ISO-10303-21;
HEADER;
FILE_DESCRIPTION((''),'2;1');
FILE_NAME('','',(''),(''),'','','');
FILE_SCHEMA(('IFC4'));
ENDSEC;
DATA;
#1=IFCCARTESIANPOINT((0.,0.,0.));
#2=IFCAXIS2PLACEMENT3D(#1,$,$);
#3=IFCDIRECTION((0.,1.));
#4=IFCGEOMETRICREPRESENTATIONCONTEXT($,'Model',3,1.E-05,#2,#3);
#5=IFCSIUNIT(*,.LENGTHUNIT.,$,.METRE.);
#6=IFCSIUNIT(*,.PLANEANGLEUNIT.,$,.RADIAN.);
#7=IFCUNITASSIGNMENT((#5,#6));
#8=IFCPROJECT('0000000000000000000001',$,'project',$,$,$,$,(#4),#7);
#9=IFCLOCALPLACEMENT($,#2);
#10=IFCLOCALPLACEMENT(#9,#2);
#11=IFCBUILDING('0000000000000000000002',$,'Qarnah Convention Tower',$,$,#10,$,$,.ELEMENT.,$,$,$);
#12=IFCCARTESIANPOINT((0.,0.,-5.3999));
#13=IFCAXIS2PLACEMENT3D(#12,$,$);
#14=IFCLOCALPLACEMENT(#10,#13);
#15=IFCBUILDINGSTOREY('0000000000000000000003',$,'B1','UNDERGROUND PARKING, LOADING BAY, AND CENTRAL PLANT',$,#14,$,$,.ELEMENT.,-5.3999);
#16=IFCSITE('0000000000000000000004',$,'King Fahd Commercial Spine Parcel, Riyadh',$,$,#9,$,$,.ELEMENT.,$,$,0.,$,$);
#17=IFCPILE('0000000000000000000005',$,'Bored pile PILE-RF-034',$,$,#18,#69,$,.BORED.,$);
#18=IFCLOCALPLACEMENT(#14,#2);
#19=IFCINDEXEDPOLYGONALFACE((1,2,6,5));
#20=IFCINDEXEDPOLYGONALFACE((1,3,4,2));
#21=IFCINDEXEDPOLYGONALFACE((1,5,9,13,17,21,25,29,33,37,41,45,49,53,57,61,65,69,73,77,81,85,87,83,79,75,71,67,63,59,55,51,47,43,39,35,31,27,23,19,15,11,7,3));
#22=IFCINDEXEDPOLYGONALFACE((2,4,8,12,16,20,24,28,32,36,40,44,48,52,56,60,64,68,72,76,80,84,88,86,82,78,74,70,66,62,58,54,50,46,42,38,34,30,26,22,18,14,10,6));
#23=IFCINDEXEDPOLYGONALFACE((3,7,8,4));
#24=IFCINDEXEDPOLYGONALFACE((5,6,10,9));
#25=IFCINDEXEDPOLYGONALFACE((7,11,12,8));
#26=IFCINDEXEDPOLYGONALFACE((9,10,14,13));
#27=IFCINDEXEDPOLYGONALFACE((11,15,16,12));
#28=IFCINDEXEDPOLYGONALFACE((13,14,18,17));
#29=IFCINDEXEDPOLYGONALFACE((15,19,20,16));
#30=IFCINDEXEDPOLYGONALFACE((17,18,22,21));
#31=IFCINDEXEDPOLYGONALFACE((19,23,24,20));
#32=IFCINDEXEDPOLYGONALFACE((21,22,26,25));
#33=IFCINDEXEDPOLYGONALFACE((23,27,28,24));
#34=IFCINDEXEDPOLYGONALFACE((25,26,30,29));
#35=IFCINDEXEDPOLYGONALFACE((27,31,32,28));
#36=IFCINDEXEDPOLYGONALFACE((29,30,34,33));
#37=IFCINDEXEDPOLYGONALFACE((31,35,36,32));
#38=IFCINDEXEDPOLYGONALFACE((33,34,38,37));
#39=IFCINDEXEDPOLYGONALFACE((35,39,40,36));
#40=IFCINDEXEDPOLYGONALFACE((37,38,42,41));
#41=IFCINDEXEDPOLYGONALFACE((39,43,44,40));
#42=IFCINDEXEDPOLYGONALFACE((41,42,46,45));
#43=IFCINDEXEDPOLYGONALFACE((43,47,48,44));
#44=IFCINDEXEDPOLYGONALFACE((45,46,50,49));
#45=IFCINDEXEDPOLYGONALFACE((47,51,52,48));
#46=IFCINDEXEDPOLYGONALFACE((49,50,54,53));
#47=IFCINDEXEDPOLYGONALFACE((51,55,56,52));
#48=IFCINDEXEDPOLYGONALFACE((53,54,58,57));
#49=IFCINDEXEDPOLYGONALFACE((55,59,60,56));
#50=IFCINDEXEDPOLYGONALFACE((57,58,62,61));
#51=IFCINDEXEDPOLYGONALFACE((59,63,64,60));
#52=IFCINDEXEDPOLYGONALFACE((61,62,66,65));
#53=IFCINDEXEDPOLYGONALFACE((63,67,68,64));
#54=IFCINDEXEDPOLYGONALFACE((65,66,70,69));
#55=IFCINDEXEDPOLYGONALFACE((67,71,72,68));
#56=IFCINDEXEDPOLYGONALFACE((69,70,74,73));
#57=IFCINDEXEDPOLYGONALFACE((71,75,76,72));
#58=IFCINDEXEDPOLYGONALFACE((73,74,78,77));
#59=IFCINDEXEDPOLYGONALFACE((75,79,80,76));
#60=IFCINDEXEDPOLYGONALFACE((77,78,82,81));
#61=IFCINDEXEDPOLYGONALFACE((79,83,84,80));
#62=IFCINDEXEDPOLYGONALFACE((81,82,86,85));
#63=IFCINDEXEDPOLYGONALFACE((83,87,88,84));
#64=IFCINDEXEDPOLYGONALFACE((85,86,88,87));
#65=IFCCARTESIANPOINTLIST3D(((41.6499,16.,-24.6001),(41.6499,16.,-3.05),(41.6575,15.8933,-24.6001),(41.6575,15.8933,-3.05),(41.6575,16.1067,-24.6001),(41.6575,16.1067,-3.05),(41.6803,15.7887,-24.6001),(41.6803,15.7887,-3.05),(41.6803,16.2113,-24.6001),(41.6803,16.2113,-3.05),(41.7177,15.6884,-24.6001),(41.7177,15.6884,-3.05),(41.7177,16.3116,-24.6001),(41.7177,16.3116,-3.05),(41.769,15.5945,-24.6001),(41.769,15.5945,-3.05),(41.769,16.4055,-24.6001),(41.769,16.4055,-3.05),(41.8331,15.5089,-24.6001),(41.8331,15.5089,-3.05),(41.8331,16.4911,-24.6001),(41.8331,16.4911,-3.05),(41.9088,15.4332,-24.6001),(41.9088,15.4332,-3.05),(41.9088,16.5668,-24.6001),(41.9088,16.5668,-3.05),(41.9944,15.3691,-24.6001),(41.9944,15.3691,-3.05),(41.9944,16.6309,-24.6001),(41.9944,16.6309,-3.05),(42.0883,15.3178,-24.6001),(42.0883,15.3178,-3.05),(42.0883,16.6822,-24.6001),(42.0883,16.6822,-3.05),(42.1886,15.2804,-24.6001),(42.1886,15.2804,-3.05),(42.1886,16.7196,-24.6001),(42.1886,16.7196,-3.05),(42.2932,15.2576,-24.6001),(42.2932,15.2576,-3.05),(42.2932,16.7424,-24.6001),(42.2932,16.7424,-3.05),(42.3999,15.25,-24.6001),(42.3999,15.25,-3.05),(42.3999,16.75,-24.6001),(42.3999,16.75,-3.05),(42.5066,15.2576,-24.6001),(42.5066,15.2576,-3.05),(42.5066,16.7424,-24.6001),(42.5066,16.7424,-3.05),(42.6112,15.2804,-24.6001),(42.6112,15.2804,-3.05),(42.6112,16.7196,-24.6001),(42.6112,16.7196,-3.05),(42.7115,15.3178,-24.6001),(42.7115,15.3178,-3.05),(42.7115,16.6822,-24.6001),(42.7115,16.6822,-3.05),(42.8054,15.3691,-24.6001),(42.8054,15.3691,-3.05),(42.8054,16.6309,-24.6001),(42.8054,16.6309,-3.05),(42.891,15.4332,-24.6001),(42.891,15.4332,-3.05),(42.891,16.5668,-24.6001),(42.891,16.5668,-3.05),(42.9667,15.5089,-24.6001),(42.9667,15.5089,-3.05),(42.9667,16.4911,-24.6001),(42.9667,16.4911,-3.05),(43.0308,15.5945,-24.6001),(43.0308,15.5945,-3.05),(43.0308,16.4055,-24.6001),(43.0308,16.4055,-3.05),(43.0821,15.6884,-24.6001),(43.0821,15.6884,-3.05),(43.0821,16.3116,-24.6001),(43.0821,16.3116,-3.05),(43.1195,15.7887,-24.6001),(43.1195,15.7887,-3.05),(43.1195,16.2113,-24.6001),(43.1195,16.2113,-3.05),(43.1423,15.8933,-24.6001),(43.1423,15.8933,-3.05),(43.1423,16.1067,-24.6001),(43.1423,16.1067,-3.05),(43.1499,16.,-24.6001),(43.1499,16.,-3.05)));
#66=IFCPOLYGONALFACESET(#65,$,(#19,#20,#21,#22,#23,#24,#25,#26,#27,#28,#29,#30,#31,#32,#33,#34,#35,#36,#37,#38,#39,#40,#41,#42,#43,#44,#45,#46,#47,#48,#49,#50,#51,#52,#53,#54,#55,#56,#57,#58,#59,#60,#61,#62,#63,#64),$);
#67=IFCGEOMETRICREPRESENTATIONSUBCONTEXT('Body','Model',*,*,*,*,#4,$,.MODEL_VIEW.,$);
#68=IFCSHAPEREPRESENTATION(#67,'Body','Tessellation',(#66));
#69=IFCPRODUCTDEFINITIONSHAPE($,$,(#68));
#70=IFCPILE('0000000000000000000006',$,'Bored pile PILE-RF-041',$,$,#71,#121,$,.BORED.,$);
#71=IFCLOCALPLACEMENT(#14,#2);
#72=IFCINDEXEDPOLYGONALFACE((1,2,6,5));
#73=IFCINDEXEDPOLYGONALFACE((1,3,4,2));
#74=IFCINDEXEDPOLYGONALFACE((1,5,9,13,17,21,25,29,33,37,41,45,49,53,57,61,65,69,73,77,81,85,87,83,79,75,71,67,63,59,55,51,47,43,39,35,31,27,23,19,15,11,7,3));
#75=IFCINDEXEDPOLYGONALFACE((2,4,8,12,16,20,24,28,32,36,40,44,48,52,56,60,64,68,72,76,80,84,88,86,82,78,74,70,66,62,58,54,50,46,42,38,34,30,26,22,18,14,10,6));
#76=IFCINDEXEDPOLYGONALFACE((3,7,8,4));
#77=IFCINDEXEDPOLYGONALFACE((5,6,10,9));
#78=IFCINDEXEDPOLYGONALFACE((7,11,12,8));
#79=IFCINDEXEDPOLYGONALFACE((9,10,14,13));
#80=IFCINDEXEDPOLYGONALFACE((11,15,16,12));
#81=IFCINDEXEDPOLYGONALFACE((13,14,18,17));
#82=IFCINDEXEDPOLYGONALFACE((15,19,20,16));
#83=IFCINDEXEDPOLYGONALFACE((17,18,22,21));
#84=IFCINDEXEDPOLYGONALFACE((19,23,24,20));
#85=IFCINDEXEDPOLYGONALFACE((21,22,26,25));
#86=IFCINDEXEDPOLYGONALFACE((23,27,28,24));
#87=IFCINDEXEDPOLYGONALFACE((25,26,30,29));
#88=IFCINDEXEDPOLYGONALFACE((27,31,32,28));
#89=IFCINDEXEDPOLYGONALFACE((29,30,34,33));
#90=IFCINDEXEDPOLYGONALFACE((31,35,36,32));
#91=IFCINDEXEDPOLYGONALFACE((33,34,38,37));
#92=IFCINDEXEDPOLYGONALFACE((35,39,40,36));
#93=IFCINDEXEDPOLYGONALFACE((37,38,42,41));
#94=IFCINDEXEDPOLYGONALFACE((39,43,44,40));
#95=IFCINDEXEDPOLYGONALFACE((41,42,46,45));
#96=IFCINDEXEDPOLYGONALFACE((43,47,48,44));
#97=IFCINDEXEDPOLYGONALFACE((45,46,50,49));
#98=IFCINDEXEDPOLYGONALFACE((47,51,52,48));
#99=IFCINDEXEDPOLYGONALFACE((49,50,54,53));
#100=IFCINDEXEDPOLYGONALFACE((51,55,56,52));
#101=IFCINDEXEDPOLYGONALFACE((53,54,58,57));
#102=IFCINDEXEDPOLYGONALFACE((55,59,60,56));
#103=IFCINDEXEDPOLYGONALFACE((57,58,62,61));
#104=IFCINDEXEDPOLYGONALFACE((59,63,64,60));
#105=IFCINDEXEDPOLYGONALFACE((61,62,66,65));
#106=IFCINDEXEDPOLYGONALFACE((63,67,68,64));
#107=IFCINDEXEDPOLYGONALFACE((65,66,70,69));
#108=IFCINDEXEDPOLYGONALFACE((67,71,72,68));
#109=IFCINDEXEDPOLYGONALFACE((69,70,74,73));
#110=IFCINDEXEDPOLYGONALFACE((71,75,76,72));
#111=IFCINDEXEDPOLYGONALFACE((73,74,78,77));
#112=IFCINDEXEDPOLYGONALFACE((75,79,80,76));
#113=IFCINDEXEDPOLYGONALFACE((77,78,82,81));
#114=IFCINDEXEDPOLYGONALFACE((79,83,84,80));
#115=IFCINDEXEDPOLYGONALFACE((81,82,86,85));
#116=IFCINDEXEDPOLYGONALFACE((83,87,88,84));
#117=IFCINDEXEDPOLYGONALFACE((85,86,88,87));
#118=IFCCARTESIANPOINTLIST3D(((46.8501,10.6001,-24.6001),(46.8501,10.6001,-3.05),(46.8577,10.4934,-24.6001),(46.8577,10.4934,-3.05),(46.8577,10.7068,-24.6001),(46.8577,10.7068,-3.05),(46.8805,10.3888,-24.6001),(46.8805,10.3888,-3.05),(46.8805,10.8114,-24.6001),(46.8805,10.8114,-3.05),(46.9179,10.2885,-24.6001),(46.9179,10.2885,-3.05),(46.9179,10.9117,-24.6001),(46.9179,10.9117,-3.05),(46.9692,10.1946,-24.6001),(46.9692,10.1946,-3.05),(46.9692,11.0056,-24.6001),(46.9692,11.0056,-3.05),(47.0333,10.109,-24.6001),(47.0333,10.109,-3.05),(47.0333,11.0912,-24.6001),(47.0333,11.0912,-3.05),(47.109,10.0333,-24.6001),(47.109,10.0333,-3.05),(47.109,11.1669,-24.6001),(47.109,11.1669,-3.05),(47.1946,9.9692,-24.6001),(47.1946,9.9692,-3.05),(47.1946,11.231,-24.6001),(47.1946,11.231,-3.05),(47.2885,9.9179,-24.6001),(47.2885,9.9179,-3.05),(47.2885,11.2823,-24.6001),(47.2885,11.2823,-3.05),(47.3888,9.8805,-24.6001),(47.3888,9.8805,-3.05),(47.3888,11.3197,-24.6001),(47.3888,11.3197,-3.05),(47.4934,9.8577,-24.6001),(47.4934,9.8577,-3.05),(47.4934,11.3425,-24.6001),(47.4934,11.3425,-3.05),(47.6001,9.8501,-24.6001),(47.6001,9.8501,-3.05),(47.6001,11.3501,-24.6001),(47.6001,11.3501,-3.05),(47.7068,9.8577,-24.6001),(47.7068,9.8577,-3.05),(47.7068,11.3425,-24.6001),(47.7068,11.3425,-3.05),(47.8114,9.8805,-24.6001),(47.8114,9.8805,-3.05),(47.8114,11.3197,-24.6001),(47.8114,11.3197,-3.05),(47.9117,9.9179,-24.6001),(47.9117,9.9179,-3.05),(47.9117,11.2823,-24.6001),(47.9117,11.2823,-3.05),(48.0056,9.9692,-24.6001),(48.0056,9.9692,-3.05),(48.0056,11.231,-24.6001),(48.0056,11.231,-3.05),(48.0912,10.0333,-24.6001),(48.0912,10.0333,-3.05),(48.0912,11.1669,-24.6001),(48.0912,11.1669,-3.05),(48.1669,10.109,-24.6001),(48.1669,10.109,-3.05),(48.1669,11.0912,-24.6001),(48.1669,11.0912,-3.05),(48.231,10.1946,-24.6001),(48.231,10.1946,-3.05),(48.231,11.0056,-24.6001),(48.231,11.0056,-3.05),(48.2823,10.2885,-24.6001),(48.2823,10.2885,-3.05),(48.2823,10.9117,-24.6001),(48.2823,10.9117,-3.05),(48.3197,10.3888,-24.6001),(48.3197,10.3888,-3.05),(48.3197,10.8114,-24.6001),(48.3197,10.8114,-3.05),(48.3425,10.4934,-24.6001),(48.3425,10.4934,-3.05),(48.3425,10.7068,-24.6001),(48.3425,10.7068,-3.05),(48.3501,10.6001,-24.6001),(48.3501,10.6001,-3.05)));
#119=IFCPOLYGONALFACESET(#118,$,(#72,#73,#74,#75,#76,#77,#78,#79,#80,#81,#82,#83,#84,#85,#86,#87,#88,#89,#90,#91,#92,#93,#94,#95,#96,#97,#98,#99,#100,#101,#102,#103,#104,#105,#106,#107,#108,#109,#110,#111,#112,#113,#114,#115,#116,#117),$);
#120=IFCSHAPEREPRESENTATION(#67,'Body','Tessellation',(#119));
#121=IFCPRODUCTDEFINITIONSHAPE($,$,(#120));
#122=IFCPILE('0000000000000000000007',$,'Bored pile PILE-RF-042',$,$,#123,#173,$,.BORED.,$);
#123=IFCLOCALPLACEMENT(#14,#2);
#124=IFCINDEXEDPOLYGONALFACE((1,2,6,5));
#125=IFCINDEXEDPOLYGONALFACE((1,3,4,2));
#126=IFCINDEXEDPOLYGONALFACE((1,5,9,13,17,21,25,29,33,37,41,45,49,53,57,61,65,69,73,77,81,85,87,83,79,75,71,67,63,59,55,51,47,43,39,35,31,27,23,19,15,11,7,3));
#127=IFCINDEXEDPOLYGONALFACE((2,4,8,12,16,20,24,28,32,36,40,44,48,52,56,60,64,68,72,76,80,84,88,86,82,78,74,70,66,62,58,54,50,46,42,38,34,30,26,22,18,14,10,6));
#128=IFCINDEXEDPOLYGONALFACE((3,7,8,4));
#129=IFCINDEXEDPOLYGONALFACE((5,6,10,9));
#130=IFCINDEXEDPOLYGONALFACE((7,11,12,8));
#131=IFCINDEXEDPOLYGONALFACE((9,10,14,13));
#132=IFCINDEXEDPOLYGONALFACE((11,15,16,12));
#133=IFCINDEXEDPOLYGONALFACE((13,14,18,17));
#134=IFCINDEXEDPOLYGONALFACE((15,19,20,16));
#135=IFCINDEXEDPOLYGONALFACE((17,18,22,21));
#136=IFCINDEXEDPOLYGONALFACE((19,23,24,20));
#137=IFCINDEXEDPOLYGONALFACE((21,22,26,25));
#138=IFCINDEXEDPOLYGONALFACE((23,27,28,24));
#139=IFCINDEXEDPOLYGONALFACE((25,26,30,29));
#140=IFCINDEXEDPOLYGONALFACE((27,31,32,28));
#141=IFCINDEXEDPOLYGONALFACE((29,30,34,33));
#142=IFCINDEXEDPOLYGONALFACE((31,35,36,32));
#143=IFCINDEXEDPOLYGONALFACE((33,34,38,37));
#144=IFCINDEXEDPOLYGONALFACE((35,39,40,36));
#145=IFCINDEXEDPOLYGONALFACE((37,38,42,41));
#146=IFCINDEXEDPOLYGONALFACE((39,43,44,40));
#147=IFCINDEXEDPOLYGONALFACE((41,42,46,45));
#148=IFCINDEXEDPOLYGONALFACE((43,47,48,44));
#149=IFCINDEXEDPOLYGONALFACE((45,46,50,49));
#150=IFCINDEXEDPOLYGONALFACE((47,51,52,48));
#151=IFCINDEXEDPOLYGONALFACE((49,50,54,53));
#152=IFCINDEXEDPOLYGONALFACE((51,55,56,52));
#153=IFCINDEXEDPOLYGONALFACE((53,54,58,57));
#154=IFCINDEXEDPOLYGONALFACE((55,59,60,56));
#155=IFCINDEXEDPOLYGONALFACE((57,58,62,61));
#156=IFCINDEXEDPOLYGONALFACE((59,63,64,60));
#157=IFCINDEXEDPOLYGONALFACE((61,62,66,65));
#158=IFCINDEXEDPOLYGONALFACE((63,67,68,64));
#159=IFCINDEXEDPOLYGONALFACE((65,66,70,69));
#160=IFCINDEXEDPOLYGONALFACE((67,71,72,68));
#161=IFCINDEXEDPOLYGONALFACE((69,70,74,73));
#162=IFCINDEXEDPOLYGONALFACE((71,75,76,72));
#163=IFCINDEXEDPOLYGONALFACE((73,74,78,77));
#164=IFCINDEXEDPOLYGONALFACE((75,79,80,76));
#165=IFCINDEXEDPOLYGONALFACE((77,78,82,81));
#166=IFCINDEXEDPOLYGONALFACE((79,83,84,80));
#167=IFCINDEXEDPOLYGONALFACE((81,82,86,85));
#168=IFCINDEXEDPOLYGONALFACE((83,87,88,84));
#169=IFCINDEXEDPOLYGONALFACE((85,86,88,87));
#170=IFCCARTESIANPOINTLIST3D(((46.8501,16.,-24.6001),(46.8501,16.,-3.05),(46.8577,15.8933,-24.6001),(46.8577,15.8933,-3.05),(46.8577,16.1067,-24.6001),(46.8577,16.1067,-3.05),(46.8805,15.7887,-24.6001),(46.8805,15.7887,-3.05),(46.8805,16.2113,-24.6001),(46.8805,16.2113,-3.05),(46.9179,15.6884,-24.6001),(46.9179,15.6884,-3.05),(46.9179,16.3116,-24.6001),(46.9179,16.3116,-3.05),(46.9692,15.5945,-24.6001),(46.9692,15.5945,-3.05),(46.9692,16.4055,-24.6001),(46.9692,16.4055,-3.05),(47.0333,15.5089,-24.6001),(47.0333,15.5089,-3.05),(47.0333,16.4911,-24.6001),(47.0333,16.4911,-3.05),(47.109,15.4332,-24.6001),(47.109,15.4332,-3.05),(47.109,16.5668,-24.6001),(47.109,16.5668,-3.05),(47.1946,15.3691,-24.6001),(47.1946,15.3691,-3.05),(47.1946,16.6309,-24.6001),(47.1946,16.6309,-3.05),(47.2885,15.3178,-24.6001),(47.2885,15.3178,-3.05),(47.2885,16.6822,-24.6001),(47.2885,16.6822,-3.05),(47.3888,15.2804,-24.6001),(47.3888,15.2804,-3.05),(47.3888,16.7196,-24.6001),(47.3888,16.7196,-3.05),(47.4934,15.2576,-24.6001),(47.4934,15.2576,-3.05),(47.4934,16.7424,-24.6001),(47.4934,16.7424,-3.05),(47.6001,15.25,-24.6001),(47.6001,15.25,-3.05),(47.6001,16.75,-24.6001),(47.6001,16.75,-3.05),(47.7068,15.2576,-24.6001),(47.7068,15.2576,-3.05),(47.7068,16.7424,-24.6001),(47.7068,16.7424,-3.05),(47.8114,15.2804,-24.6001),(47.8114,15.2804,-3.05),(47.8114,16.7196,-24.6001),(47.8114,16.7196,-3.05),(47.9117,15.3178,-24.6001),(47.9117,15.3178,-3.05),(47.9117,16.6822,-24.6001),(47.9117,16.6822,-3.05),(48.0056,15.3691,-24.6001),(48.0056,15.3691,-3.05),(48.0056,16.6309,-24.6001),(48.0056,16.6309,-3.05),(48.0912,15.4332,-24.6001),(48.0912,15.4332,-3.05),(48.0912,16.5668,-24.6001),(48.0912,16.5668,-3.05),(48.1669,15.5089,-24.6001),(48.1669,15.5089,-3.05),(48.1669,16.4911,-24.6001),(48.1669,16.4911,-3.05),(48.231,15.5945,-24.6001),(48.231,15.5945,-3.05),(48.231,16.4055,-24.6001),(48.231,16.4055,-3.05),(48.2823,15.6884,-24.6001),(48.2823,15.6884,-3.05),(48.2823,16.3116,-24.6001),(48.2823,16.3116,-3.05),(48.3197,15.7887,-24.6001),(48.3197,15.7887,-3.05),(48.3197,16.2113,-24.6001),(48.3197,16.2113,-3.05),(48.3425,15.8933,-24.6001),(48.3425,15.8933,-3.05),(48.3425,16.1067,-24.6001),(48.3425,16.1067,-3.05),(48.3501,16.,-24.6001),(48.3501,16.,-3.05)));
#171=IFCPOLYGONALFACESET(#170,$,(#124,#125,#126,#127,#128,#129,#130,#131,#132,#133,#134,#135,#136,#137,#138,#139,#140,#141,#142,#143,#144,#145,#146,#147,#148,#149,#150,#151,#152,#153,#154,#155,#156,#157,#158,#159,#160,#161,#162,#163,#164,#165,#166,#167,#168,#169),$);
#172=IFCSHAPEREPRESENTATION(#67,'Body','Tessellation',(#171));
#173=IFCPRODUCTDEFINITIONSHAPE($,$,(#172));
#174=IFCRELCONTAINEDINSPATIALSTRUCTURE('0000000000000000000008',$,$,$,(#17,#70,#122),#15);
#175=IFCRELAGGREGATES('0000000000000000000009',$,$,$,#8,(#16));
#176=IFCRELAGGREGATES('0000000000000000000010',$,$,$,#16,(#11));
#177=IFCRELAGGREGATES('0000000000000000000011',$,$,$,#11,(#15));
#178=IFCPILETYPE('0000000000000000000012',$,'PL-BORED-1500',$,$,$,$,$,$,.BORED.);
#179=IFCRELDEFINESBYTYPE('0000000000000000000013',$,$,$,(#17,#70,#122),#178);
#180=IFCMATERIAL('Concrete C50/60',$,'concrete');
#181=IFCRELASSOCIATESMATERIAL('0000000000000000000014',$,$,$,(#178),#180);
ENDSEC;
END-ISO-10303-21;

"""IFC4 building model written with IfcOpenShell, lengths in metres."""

from ifc_helpers import new_model, si_unit, direction, frame, origin, origin_2d, place, context, subcontext, project, spatial, circle, extrude, material, material_profile, profile_set, type_object, element, save


model = new_model("IFC4")

# Units and contexts
model_context = context("Model", 3, precision=1e-05, world=origin(), true_north=direction((0.0, 1.0)))
body_context = subcontext(model_context, "Body", "Model", "MODEL_VIEW")
ifc_project = project(units=[si_unit("LENGTHUNIT", "METRE"), si_unit("PLANEANGLEUNIT", "RADIAN")], contexts=[model_context])

# Site, building, storey
site_placement = place(None, origin())
site = spatial("IfcSite", under=ifc_project, at=site_placement, Name="King Fahd Commercial Spine Parcel, Riyadh", CompositionType="ELEMENT", RefElevation=0.0)
building_placement = place(site_placement, origin())
building = spatial("IfcBuilding", under=site, at=building_placement, Name="Qarnah Convention Tower", CompositionType="ELEMENT")
storey_placement = place(building_placement, frame((0.0, 0.0, -5.3999)))
storey = spatial("IfcBuildingStorey", under=building, at=storey_placement, Name="B1", Description="UNDERGROUND PARKING, LOADING BAY, AND CENTRAL PLANT", CompositionType="ELEMENT", Elevation=-5.3999)

# Shared definitions
ifc_material_1 = material(Name="Concrete C50/60", Category="concrete")

# Piles
ifc_material_profile_1 = material_profile(ifc_material_1, circle(Radius=0.75, at=origin_2d()), Name="PILE-D1500")
ifc_profile_set_1 = profile_set([ifc_material_profile_1], Name="Concrete C50/60")
pile_type_1 = type_object("IfcPileType", Name="PL-BORED-1500", PredefinedType="BORED", material=ifc_profile_set_1)
for number, where, z_axis, x_axis, name in (
    (1, (42.3999, 16.0, -3.05), (0.0, 0.0, -1.0), (1.0, 0.0, 0.0), "Bored pile PILE-RF-034"),
    (2, (47.6001, 10.6001, -3.05), (0.0, 0.0, -1.0), (1.0, 0.0, 0.0), "Bored pile PILE-RF-041"),
    (3, (47.6001, 16.0, -3.05), (0.0, 0.0, -1.0), (1.0, 0.0, 0.0), "Bored pile PILE-RF-042"),
):
    element("IfcPile", number, at=place(storey_placement, frame(where, z_axis=z_axis, x_axis=x_axis)), inside=storey, type_object=pile_type_1, Name=name, PredefinedType="BORED", context=body_context, shape_type="SweptSolid", body=[
        extrude(circle(Radius=0.75, at=origin_2d()), origin(), (0.0, 0.0, 1.0), 21.55),
    ])

save(model, "model.ifc")
